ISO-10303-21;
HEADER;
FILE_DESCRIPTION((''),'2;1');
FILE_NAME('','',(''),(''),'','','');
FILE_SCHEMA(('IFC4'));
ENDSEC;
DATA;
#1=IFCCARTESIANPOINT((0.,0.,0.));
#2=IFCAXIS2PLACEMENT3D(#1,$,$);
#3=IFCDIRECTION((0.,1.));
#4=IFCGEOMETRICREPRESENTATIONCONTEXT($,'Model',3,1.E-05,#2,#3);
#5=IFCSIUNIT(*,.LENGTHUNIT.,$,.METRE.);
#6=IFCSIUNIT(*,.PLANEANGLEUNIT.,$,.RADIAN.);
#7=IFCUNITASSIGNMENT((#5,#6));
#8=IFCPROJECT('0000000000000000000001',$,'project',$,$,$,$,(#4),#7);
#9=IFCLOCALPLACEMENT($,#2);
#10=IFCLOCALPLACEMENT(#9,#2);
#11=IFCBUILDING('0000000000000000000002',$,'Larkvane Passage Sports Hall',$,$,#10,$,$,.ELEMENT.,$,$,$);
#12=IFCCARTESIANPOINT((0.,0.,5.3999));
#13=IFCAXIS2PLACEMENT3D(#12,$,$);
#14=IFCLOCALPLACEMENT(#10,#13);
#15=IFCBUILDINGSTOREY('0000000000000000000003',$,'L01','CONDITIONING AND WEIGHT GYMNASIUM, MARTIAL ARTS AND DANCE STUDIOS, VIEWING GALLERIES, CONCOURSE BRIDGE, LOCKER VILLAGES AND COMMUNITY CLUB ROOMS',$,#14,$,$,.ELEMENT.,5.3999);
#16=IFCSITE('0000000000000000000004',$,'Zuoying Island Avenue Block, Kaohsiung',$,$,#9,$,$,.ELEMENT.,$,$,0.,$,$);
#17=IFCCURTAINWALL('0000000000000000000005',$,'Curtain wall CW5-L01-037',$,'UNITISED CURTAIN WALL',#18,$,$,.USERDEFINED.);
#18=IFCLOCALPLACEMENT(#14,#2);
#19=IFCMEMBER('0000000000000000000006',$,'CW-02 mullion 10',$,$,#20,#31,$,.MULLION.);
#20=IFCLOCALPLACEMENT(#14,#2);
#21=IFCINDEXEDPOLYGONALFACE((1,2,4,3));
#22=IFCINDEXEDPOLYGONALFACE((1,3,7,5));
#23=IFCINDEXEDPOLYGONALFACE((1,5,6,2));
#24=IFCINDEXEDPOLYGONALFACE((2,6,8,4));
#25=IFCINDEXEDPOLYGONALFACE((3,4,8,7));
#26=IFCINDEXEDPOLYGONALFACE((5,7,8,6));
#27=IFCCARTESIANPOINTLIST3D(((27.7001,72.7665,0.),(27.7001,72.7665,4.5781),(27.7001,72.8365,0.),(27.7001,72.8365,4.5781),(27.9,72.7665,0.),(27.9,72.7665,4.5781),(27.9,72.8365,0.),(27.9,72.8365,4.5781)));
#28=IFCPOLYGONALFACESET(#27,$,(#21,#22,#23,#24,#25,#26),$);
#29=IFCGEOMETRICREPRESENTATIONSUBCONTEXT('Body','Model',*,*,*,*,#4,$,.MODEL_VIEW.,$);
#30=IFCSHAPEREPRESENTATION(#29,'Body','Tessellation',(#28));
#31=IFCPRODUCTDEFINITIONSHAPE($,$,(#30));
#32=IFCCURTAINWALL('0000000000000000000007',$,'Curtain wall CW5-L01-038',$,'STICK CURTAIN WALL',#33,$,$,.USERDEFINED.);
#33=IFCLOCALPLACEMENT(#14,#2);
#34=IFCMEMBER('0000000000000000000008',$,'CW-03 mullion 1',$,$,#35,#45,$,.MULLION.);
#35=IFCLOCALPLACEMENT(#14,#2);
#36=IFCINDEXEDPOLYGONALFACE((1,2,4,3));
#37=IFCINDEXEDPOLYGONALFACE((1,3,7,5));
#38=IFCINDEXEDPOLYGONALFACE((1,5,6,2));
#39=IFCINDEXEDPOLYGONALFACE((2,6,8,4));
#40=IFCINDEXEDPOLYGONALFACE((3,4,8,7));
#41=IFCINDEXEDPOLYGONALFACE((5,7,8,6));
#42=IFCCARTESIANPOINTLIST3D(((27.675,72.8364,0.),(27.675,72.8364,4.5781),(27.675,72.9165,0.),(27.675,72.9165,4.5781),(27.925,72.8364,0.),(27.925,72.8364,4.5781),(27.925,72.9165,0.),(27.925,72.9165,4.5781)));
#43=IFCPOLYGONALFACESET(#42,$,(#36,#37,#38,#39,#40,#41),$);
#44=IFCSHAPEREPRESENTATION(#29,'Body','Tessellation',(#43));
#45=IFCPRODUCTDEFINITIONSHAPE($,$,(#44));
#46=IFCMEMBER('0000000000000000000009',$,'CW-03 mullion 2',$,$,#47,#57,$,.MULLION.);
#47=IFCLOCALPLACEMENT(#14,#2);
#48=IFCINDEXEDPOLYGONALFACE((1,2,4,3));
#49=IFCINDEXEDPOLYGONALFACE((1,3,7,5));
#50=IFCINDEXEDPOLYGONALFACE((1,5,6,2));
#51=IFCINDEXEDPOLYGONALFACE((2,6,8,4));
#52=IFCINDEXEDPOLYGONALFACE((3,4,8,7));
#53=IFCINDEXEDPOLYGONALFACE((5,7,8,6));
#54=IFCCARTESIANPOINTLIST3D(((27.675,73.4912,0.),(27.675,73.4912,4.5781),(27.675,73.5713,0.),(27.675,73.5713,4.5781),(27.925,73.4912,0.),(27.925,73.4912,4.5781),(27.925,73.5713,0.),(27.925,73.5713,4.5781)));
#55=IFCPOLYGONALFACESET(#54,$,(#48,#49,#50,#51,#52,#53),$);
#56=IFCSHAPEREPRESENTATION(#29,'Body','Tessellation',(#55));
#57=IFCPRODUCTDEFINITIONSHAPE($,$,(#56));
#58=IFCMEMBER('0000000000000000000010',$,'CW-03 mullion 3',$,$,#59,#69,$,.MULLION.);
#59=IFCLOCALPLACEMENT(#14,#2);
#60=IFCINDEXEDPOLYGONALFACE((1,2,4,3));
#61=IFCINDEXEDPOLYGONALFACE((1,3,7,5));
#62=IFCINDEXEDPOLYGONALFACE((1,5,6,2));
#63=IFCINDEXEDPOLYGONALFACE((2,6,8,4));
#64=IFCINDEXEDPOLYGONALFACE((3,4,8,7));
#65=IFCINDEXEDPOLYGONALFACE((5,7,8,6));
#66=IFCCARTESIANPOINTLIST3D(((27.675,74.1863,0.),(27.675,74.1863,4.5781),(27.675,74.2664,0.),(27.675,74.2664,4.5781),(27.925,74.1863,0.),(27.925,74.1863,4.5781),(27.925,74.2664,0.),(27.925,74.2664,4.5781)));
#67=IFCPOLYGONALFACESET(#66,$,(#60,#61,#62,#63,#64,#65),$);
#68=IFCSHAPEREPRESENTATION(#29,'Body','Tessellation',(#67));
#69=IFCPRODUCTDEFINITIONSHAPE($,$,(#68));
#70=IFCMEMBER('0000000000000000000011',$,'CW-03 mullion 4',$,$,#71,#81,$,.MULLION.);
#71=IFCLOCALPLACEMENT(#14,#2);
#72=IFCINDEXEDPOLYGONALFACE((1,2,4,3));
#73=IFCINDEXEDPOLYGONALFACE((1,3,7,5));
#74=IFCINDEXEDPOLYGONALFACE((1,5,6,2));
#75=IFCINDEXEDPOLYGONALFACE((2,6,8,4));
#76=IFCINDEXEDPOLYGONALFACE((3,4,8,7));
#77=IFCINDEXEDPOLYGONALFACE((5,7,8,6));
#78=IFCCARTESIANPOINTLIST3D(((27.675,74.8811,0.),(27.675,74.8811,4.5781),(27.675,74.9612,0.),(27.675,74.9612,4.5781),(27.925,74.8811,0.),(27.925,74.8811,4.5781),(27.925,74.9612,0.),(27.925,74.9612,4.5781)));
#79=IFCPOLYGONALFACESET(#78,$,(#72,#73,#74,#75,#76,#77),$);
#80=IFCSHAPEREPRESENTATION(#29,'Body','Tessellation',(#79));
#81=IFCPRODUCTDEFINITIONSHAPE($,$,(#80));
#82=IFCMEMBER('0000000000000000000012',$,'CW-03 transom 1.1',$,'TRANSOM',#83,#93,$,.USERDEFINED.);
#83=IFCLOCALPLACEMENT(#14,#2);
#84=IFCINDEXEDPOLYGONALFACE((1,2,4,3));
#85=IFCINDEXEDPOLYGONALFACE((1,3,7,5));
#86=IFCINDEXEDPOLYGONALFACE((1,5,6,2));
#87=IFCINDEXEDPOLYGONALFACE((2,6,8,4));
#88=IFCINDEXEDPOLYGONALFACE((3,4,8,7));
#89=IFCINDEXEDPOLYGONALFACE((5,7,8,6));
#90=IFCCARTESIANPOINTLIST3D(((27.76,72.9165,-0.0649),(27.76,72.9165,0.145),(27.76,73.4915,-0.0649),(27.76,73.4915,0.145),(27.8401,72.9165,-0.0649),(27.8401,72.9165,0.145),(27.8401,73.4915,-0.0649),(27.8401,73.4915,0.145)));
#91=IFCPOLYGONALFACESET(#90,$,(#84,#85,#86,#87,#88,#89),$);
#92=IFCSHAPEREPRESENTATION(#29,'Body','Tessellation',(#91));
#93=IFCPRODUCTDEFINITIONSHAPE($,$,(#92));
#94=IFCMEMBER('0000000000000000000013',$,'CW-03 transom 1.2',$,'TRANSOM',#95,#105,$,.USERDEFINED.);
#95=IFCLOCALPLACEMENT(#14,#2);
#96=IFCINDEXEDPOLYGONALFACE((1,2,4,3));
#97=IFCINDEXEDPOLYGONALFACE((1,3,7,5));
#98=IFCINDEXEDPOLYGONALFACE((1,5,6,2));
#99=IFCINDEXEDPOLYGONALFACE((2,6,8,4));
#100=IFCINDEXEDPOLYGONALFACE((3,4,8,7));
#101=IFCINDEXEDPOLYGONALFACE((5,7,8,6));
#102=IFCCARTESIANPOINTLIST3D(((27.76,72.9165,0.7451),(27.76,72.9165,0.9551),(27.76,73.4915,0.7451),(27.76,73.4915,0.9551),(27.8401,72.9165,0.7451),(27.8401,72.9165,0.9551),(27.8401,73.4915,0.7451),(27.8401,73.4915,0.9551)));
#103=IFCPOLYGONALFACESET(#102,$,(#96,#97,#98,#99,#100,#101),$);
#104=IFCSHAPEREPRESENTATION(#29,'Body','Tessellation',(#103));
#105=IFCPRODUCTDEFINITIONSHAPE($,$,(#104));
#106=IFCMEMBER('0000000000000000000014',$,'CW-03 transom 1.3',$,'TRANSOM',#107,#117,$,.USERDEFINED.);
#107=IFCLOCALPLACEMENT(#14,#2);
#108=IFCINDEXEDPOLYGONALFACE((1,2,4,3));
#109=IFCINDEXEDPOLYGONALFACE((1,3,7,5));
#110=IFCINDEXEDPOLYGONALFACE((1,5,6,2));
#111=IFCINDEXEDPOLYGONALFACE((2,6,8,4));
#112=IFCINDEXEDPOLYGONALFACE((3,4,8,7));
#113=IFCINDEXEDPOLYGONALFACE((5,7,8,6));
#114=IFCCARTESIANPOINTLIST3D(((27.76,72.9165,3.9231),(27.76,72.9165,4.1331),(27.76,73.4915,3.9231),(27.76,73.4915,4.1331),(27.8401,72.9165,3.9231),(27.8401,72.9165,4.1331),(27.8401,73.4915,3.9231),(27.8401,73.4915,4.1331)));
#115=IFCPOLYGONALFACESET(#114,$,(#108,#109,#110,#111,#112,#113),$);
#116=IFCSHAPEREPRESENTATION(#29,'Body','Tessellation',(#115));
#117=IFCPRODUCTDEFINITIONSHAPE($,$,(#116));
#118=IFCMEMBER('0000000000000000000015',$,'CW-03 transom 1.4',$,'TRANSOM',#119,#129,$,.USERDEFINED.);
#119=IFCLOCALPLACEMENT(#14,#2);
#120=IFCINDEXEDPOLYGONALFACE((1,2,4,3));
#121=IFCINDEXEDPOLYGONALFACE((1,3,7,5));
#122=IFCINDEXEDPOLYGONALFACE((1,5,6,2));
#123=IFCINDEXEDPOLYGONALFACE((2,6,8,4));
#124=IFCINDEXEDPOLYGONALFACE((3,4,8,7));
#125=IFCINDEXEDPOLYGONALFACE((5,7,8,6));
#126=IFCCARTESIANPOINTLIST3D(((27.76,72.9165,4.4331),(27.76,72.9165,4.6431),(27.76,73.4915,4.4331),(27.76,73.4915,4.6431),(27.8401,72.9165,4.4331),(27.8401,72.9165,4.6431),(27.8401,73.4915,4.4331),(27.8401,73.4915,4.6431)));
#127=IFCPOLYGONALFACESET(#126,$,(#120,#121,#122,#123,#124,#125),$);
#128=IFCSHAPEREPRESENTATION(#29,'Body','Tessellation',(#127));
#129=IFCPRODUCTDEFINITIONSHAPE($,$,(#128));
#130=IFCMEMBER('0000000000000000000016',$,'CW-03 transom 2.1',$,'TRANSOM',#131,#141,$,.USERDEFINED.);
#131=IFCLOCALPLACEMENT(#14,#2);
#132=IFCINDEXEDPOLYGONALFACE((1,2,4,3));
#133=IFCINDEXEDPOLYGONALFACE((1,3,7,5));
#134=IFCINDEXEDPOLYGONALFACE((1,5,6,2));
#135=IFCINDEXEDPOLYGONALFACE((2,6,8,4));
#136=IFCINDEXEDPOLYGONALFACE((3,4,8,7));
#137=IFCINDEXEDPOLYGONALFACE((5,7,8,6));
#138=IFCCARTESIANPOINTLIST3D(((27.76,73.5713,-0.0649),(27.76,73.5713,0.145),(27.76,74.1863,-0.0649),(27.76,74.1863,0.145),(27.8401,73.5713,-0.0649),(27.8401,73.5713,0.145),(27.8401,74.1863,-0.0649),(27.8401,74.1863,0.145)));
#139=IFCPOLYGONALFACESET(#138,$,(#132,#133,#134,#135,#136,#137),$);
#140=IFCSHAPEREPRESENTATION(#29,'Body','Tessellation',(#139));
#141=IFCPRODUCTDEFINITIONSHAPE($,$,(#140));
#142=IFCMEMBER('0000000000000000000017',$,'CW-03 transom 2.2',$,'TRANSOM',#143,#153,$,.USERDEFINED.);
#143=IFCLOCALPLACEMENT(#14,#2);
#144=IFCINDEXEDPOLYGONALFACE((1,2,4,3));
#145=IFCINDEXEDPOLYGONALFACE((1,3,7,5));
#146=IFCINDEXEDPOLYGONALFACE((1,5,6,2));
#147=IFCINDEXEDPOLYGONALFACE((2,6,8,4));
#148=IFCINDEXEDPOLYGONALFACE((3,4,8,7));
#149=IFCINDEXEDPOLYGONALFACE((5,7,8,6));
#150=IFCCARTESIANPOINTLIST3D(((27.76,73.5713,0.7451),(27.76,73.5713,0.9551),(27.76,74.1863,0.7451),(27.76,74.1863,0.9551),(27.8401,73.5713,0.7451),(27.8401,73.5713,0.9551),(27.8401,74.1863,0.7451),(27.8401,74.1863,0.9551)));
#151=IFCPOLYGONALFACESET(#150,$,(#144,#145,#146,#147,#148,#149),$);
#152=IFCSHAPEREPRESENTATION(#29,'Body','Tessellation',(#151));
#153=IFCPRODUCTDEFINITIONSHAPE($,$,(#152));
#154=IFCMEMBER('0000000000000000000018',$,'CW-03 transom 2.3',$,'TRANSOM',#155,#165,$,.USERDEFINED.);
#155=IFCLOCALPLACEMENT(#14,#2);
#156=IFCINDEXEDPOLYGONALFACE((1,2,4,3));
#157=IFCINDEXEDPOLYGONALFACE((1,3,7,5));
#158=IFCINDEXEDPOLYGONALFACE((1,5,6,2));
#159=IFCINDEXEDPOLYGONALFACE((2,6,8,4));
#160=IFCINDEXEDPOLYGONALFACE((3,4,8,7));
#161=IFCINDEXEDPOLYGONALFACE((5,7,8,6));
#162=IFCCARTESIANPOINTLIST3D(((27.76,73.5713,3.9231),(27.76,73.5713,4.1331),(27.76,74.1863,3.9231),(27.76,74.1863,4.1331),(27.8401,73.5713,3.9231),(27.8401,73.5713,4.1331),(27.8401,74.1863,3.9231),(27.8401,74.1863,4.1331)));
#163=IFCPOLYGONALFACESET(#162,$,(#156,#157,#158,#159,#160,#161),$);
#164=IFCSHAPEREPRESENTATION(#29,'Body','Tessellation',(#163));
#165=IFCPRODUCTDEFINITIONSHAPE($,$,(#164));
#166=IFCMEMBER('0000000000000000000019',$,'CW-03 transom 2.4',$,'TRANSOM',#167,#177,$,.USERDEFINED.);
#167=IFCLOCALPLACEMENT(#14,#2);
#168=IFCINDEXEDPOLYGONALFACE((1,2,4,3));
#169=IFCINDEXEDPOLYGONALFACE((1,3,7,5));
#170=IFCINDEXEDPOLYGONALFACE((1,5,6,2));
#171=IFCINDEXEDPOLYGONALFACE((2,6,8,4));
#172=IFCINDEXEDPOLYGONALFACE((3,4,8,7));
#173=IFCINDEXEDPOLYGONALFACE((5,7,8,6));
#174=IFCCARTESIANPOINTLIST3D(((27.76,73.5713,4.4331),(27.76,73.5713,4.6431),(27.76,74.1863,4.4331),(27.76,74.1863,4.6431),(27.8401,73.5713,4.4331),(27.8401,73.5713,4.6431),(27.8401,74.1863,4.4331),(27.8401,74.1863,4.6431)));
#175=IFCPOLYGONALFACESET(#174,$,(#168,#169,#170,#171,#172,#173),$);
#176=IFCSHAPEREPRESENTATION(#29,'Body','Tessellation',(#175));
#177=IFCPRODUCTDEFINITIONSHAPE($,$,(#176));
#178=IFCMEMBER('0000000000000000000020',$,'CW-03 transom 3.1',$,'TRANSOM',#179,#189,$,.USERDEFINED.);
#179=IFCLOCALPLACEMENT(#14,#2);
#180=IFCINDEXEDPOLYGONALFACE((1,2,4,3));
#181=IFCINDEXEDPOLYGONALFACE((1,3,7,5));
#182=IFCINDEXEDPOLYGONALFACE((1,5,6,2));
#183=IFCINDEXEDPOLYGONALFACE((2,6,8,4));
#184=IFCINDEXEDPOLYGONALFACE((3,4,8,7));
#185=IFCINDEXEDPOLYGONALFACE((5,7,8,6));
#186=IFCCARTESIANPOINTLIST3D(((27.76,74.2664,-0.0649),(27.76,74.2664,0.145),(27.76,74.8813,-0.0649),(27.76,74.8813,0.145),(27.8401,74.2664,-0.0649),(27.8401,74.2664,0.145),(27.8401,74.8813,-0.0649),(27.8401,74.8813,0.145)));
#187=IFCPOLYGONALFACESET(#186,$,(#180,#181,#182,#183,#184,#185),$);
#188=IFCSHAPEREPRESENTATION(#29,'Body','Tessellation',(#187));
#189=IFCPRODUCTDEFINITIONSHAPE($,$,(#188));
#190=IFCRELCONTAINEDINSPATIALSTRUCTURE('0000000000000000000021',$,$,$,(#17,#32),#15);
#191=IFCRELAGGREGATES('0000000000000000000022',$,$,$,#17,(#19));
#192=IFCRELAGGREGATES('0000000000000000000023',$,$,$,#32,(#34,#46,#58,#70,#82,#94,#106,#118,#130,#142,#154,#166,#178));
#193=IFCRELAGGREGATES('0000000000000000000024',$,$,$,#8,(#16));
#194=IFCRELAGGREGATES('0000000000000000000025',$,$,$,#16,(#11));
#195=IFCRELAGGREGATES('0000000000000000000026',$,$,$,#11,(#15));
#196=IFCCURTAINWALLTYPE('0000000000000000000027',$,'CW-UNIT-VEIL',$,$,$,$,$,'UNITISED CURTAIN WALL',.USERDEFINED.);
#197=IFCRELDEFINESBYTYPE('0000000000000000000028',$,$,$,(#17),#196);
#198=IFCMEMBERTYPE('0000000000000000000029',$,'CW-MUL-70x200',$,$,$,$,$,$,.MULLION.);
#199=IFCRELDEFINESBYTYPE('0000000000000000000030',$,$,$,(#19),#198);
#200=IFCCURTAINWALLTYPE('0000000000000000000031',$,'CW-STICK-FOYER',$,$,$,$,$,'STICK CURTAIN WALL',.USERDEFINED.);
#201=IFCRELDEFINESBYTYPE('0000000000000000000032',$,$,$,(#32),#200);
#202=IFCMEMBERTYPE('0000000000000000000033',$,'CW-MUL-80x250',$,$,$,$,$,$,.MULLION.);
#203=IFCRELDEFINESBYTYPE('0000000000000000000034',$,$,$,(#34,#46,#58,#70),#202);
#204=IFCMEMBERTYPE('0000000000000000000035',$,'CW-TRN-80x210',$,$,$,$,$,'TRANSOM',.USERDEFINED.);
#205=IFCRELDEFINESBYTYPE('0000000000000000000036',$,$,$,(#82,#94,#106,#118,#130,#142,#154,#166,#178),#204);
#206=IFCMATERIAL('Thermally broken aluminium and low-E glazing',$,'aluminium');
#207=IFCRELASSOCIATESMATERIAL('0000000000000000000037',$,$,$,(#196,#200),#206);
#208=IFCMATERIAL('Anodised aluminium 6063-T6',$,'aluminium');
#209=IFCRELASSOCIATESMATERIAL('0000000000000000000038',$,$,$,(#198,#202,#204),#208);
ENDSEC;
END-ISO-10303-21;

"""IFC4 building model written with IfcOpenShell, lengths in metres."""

from ifc_helpers import new_model, si_unit, direction, frame, origin, origin_2d, place, context, subcontext, project, spatial, rectangle, extrude, material, material_profile, profile_set, type_object, element, aggregate, save


model = new_model("IFC4")

# Units and contexts
model_context = context("Model", 3, precision=1e-05, world=origin(), true_north=direction((0.0, 1.0)))
body_context = subcontext(model_context, "Body", "Model", "MODEL_VIEW")
ifc_project = project(units=[si_unit("LENGTHUNIT", "METRE"), si_unit("PLANEANGLEUNIT", "RADIAN")], contexts=[model_context])

# Site, building, storey
site_placement = place(None, origin())
site = spatial("IfcSite", under=ifc_project, at=site_placement, Name="Zuoying Island Avenue Block, Kaohsiung", CompositionType="ELEMENT", RefElevation=0.0)
building_placement = place(site_placement, origin())
building = spatial("IfcBuilding", under=site, at=building_placement, Name="Larkvane Passage Sports Hall", CompositionType="ELEMENT")
storey_placement = place(building_placement, frame((0.0, 0.0, 5.3999)))
storey = spatial("IfcBuildingStorey", under=building, at=storey_placement, Name="L01", Description="CONDITIONING AND WEIGHT GYMNASIUM, MARTIAL ARTS AND DANCE STUDIOS, VIEWING GALLERIES, CONCOURSE BRIDGE, LOCKER VILLAGES AND COMMUNITY CLUB ROOMS", CompositionType="ELEMENT", Elevation=5.3999)

# Curtain wall, member
ifc_material_1 = material(Name="Thermally broken aluminium and low-E glazing", Category="aluminium")
curtain_wall_type_1 = type_object("IfcCurtainWallType", Name="CW-UNIT-VEIL", ElementType="UNITISED CURTAIN WALL", PredefinedType="USERDEFINED", material=ifc_material_1)
curtain_wall_1_placement = place(storey_placement, origin())
curtain_wall_1 = element("IfcCurtainWall", 1, at=curtain_wall_1_placement, inside=storey, type_object=curtain_wall_type_1, Name="Curtain wall CW5-L01-037", ObjectType="UNITISED CURTAIN WALL", PredefinedType="USERDEFINED")
ifc_material_2 = material(Name="Anodised aluminium 6063-T6", Category="aluminium")
ifc_material_profile_1 = material_profile(ifc_material_2, rectangle(XDim=0.0701, YDim=0.2, at=origin_2d()), Name="ALU-MUL-70x200")
ifc_profile_set_1 = profile_set([ifc_material_profile_1], Name="Anodised aluminium 6063-T6")
member_type_1 = type_object("IfcMemberType", Name="CW-MUL-70x200", PredefinedType="MULLION", material=ifc_profile_set_1)
member_1_placement = place(storey_placement, frame((27.8, 72.8015, 0.0), z_axis=(0.0, 0.0, 1.0), x_axis=(0.0, 1.0, 0.0)))
member_1 = element("IfcMember", 2, at=member_1_placement, type_object=member_type_1, Name="CW-02 mullion 10", PredefinedType="MULLION", context=body_context, shape_type="SweptSolid", body=[
    extrude(rectangle(XDim=0.0701, YDim=0.2, at=origin_2d()), origin(), (0.0, 0.0, 1.0), 4.5781),
])

# Curtain wall, members
curtain_wall_type_2 = type_object("IfcCurtainWallType", Name="CW-STICK-FOYER", ElementType="STICK CURTAIN WALL", PredefinedType="USERDEFINED", material=ifc_material_1)
curtain_wall_2_placement = place(storey_placement, origin())
curtain_wall_2 = element("IfcCurtainWall", 3, at=curtain_wall_2_placement, inside=storey, type_object=curtain_wall_type_2, Name="Curtain wall CW5-L01-038", ObjectType="STICK CURTAIN WALL", PredefinedType="USERDEFINED")
ifc_material_profile_2 = material_profile(ifc_material_2, rectangle(XDim=0.0801, YDim=0.25, at=origin_2d()), Name="ALU-MUL-80x250")
ifc_profile_set_2 = profile_set([ifc_material_profile_2], Name="Anodised aluminium 6063-T6")
member_type_2 = type_object("IfcMemberType", Name="CW-MUL-80x250", PredefinedType="MULLION", material=ifc_profile_set_2)
member_2_placement = place(storey_placement, frame((27.8, 72.8765, 0.0), z_axis=(0.0, 0.0, 1.0), x_axis=(0.0, 1.0, 0.0)))
member_2 = element("IfcMember", 4, at=member_2_placement, type_object=member_type_2, Name="CW-03 mullion 1", PredefinedType="MULLION", context=body_context, shape_type="SweptSolid", body=[
    extrude(rectangle(XDim=0.0801, YDim=0.25, at=origin_2d()), origin(), (0.0, 0.0, 1.0), 4.5781),
])
member_3_placement = place(storey_placement, frame((27.8, 73.5312, 0.0), z_axis=(0.0, 0.0, 1.0), x_axis=(0.0, 1.0, 0.0)))
member_3 = element("IfcMember", 5, at=member_3_placement, type_object=member_type_2, Name="CW-03 mullion 2", PredefinedType="MULLION", context=body_context, shape_type="SweptSolid", body=[
    extrude(rectangle(XDim=0.0801, YDim=0.25, at=origin_2d()), origin(), (0.0, 0.0, 1.0), 4.5781),
])
member_4_placement = place(storey_placement, frame((27.8, 74.2263, 0.0), z_axis=(0.0, 0.0, 1.0), x_axis=(0.0, 1.0, 0.0)))
member_4 = element("IfcMember", 6, at=member_4_placement, type_object=member_type_2, Name="CW-03 mullion 3", PredefinedType="MULLION", context=body_context, shape_type="SweptSolid", body=[
    extrude(rectangle(XDim=0.0801, YDim=0.25, at=origin_2d()), origin(), (0.0, 0.0, 1.0), 4.5781),
])
member_5_placement = place(storey_placement, frame((27.8, 74.9211, 0.0), z_axis=(0.0, 0.0, 1.0), x_axis=(0.0, 1.0, 0.0)))
member_5 = element("IfcMember", 7, at=member_5_placement, type_object=member_type_2, Name="CW-03 mullion 4", PredefinedType="MULLION", context=body_context, shape_type="SweptSolid", body=[
    extrude(rectangle(XDim=0.0801, YDim=0.25, at=origin_2d()), origin(), (0.0, 0.0, 1.0), 4.5781),
])
ifc_material_profile_3 = material_profile(ifc_material_2, rectangle(XDim=0.0801, YDim=0.21, at=origin_2d()), Name="ALU-TRN-80x210")
ifc_profile_set_3 = profile_set([ifc_material_profile_3], Name="Anodised aluminium 6063-T6")
member_type_3 = type_object("IfcMemberType", Name="CW-TRN-80x210", ElementType="TRANSOM", PredefinedType="USERDEFINED", material=ifc_profile_set_3)
member_6_placement = place(storey_placement, frame((27.8, 72.9165, 0.04), z_axis=(0.0, 1.0, 0.0), x_axis=(-1.0, 0.0, 0.0)))
member_6 = element("IfcMember", 8, at=member_6_placement, type_object=member_type_3, Name="CW-03 transom 1.1", ObjectType="TRANSOM", PredefinedType="USERDEFINED", context=body_context, shape_type="SweptSolid", body=[
    extrude(rectangle(XDim=0.0801, YDim=0.21, at=origin_2d()), origin(), (0.0, 0.0, 1.0), 0.575),
])
member_7_placement = place(storey_placement, frame((27.8, 72.9165, 0.8501), z_axis=(0.0, 1.0, 0.0), x_axis=(-1.0, 0.0, 0.0)))
member_7 = element("IfcMember", 9, at=member_7_placement, type_object=member_type_3, Name="CW-03 transom 1.2", ObjectType="TRANSOM", PredefinedType="USERDEFINED", context=body_context, shape_type="SweptSolid", body=[
    extrude(rectangle(XDim=0.0801, YDim=0.21, at=origin_2d()), origin(), (0.0, 0.0, 1.0), 0.575),
])
member_8_placement = place(storey_placement, frame((27.8, 72.9165, 4.0281), z_axis=(0.0, 1.0, 0.0), x_axis=(-1.0, 0.0, 0.0)))
member_8 = element("IfcMember", 10, at=member_8_placement, type_object=member_type_3, Name="CW-03 transom 1.3", ObjectType="TRANSOM", PredefinedType="USERDEFINED", context=body_context, shape_type="SweptSolid", body=[
    extrude(rectangle(XDim=0.0801, YDim=0.21, at=origin_2d()), origin(), (0.0, 0.0, 1.0), 0.575),
])
member_9_placement = place(storey_placement, frame((27.8, 72.9165, 4.5381), z_axis=(0.0, 1.0, 0.0), x_axis=(-1.0, 0.0, 0.0)))
member_9 = element("IfcMember", 11, at=member_9_placement, type_object=member_type_3, Name="CW-03 transom 1.4", ObjectType="TRANSOM", PredefinedType="USERDEFINED", context=body_context, shape_type="SweptSolid", body=[
    extrude(rectangle(XDim=0.0801, YDim=0.21, at=origin_2d()), origin(), (0.0, 0.0, 1.0), 0.575),
])
member_10_placement = place(storey_placement, frame((27.8, 73.5713, 0.04), z_axis=(0.0, 1.0, 0.0), x_axis=(-1.0, 0.0, 0.0)))
member_10 = element("IfcMember", 12, at=member_10_placement, type_object=member_type_3, Name="CW-03 transom 2.1", ObjectType="TRANSOM", PredefinedType="USERDEFINED", context=body_context, shape_type="SweptSolid", body=[
    extrude(rectangle(XDim=0.0801, YDim=0.21, at=origin_2d()), origin(), (0.0, 0.0, 1.0), 0.615),
])
member_11_placement = place(storey_placement, frame((27.8, 73.5713, 0.8501), z_axis=(0.0, 1.0, 0.0), x_axis=(-1.0, 0.0, 0.0)))
member_11 = element("IfcMember", 13, at=member_11_placement, type_object=member_type_3, Name="CW-03 transom 2.2", ObjectType="TRANSOM", PredefinedType="USERDEFINED", context=body_context, shape_type="SweptSolid", body=[
    extrude(rectangle(XDim=0.0801, YDim=0.21, at=origin_2d()), origin(), (0.0, 0.0, 1.0), 0.615),
])
member_12_placement = place(storey_placement, frame((27.8, 73.5713, 4.0281), z_axis=(0.0, 1.0, 0.0), x_axis=(-1.0, 0.0, 0.0)))
member_12 = element("IfcMember", 14, at=member_12_placement, type_object=member_type_3, Name="CW-03 transom 2.3", ObjectType="TRANSOM", PredefinedType="USERDEFINED", context=body_context, shape_type="SweptSolid", body=[
    extrude(rectangle(XDim=0.0801, YDim=0.21, at=origin_2d()), origin(), (0.0, 0.0, 1.0), 0.615),
])
member_13_placement = place(storey_placement, frame((27.8, 73.5713, 4.5381), z_axis=(0.0, 1.0, 0.0), x_axis=(-1.0, 0.0, 0.0)))
member_13 = element("IfcMember", 15, at=member_13_placement, type_object=member_type_3, Name="CW-03 transom 2.4", ObjectType="TRANSOM", PredefinedType="USERDEFINED", context=body_context, shape_type="SweptSolid", body=[
    extrude(rectangle(XDim=0.0801, YDim=0.21, at=origin_2d()), origin(), (0.0, 0.0, 1.0), 0.615),
])
member_14_placement = place(storey_placement, frame((27.8, 74.2664, 0.04), z_axis=(0.0, 1.0, 0.0), x_axis=(-1.0, 0.0, 0.0)))
member_14 = element("IfcMember", 16, at=member_14_placement, type_object=member_type_3, Name="CW-03 transom 3.1", ObjectType="TRANSOM", PredefinedType="USERDEFINED", context=body_context, shape_type="SweptSolid", body=[
    extrude(rectangle(XDim=0.0801, YDim=0.21, at=origin_2d()), origin(), (0.0, 0.0, 1.0), 0.615),
])

aggregate(curtain_wall_1, [member_1])
aggregate(curtain_wall_2, [member_2, member_3, member_4, member_5, member_6, member_7, member_8, member_9, member_10, member_11, member_12, member_13, member_14])

save(model, "model.ifc")
